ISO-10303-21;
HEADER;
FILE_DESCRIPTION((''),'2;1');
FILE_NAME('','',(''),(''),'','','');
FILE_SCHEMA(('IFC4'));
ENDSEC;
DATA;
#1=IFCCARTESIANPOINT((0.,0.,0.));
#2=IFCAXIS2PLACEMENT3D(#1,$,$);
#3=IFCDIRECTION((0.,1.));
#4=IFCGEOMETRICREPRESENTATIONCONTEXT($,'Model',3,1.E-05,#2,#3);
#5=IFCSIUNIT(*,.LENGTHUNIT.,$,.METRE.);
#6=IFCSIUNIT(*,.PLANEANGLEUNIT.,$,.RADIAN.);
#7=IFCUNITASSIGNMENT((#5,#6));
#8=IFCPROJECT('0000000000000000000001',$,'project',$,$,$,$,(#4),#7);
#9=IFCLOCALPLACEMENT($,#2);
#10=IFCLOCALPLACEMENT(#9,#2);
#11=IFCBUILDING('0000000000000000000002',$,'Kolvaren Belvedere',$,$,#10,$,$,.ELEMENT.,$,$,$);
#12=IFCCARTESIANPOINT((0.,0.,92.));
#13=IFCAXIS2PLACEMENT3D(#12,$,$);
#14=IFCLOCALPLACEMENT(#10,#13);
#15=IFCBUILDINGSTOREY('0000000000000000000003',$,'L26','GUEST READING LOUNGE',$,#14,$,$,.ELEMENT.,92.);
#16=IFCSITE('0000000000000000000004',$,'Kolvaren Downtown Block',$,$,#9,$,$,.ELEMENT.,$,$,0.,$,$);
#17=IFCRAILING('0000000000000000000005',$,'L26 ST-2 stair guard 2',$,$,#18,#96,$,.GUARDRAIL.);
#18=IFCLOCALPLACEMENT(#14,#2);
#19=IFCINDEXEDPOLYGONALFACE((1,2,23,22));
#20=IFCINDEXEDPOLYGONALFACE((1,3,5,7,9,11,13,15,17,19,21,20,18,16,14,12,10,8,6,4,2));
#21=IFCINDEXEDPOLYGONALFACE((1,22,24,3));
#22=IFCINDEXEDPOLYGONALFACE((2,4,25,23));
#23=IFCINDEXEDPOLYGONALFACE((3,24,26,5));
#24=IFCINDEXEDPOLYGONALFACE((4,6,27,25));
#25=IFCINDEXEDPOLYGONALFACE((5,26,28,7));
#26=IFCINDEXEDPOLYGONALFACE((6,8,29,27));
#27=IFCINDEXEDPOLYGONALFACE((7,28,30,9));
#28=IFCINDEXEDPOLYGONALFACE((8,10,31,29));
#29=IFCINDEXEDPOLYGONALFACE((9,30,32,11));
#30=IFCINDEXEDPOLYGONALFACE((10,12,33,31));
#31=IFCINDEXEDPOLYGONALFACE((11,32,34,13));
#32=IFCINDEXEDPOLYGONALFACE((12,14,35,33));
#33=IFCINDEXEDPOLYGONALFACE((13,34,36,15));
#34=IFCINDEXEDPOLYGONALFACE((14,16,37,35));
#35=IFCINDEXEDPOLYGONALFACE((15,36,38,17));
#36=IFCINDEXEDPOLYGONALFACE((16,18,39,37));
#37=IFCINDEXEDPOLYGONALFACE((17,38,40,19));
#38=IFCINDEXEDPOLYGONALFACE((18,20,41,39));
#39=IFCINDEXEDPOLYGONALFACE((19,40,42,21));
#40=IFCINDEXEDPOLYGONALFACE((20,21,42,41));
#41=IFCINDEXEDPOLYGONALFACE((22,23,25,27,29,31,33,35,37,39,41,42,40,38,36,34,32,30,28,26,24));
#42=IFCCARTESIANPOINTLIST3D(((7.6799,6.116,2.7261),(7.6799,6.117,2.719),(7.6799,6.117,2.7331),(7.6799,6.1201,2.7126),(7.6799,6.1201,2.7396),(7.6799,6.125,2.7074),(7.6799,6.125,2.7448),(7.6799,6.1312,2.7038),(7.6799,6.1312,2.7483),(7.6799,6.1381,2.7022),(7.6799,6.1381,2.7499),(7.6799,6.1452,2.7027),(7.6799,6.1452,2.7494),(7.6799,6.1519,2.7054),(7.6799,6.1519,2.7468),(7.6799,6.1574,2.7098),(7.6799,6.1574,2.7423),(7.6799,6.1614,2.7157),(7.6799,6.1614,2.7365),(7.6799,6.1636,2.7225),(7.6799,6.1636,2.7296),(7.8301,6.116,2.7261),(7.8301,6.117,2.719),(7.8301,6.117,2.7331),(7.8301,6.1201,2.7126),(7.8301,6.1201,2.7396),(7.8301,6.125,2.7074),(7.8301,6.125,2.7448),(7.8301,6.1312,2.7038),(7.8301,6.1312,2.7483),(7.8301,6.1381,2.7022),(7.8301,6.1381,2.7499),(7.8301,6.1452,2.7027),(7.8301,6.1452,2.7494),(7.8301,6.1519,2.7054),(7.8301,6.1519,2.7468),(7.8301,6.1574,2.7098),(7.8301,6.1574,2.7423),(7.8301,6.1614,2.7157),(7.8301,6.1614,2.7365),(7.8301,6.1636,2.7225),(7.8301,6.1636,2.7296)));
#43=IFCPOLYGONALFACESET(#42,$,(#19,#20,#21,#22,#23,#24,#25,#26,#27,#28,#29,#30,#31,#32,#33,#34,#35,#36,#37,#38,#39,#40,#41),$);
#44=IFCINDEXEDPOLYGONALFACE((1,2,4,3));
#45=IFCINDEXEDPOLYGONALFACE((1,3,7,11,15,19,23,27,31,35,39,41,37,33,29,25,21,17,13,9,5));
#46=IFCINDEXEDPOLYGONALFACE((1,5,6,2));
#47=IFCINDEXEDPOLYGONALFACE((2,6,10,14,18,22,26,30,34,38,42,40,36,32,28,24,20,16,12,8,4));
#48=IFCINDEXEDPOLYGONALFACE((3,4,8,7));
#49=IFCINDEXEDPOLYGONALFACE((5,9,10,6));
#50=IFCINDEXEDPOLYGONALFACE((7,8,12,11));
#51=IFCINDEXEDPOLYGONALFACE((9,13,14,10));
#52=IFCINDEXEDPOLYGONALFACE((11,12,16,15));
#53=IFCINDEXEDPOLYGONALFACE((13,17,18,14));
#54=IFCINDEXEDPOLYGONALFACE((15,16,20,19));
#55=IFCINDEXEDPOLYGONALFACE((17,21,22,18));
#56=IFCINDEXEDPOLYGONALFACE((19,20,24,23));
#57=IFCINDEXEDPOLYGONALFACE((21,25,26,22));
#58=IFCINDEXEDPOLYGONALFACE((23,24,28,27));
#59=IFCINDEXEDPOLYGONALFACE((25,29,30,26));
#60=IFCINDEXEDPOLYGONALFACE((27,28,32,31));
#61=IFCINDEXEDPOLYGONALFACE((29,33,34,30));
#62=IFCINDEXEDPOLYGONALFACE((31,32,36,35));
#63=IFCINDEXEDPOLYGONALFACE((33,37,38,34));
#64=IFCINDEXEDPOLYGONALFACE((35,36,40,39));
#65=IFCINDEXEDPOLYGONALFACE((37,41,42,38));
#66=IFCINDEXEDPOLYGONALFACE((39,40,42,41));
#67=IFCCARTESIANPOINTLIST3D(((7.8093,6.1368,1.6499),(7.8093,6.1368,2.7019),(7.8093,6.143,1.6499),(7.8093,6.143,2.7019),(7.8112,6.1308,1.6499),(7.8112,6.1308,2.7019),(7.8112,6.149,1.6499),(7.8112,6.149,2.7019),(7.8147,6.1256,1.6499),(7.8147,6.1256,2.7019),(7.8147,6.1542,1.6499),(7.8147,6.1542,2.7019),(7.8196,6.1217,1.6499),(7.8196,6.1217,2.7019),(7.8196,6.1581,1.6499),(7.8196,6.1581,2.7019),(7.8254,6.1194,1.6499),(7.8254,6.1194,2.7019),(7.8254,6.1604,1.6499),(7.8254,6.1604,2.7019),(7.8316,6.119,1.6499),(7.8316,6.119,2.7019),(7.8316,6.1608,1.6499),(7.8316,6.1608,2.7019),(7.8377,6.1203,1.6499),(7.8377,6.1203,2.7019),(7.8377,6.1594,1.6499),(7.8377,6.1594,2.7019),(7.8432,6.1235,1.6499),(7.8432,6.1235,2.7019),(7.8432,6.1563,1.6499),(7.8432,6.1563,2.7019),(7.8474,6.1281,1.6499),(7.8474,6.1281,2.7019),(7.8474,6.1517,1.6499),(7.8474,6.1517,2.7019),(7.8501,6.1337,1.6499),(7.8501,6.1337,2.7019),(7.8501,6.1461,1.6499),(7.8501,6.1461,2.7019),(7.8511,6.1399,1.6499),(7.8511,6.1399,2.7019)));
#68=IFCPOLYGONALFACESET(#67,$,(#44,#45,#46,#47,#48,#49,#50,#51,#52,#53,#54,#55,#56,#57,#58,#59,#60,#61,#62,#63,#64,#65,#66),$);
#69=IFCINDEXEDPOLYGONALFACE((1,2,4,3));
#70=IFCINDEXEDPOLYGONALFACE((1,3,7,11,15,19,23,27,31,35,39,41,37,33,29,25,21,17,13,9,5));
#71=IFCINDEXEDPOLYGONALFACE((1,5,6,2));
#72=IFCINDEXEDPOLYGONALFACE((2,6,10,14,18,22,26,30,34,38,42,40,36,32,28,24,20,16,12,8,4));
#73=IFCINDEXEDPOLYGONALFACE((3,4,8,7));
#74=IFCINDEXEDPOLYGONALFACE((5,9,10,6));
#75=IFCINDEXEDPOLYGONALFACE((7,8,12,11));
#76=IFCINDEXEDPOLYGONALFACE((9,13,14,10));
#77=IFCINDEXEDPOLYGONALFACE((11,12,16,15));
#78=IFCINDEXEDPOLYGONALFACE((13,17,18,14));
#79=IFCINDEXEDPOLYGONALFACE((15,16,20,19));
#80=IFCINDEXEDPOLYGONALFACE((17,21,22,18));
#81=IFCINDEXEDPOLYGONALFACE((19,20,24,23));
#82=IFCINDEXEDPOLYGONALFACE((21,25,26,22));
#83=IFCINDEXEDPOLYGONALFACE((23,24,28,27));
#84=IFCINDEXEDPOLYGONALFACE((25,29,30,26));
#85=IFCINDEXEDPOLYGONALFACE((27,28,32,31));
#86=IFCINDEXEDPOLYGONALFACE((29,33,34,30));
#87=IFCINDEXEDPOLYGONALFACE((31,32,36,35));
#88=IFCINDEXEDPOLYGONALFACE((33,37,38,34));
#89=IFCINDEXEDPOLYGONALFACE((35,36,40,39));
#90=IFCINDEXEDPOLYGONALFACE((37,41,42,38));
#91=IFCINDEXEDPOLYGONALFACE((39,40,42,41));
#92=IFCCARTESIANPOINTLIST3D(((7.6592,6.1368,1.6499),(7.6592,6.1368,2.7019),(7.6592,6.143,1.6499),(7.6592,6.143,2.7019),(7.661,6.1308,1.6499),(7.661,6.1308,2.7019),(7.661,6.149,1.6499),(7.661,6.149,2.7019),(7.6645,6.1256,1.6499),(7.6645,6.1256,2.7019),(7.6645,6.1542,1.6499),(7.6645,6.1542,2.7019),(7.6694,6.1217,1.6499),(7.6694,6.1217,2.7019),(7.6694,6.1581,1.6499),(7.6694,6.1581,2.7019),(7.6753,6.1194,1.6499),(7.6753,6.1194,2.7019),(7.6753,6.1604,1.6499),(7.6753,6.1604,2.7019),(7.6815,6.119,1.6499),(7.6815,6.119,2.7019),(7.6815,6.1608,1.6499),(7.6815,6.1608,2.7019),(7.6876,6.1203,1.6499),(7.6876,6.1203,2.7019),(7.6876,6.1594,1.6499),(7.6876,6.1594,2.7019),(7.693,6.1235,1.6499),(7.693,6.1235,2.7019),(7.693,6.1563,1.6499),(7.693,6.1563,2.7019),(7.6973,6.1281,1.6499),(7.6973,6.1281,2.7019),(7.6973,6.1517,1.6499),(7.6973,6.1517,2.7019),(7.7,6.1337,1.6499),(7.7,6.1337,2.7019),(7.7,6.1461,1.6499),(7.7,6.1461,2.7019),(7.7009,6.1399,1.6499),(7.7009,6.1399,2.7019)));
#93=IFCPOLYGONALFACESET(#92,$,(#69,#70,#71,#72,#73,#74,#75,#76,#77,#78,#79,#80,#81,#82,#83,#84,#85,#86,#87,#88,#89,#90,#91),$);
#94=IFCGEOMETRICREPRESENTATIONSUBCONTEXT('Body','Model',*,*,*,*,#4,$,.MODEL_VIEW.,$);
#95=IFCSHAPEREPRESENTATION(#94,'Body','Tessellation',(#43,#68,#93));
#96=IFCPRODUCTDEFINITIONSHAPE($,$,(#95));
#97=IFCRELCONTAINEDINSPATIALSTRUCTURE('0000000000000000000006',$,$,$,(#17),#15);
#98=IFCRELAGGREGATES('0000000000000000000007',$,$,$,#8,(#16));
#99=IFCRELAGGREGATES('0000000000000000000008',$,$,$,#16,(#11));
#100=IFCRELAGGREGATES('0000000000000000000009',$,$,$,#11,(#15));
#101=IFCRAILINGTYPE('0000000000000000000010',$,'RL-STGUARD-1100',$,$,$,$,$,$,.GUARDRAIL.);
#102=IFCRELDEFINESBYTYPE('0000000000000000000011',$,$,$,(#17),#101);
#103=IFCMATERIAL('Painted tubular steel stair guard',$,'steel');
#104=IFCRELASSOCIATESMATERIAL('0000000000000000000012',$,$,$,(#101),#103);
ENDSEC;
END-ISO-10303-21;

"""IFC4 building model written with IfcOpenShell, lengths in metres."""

from ifc_helpers import new_model, si_unit, direction, frame, origin, origin_2d, place, context, subcontext, project, spatial, circle, extrude, material, type_object, element, save


model = new_model("IFC4")

# Units and contexts
model_context = context("Model", 3, precision=1e-05, world=origin(), true_north=direction((0.0, 1.0)))
body_context = subcontext(model_context, "Body", "Model", "MODEL_VIEW")
ifc_project = project(units=[si_unit("LENGTHUNIT", "METRE"), si_unit("PLANEANGLEUNIT", "RADIAN")], contexts=[model_context])

# Site, building, storey
site_placement = place(None, origin())
site = spatial("IfcSite", under=ifc_project, at=site_placement, Name="Kolvaren Downtown Block", CompositionType="ELEMENT", RefElevation=0.0)
building_placement = place(site_placement, origin())
building = spatial("IfcBuilding", under=site, at=building_placement, Name="Kolvaren Belvedere", CompositionType="ELEMENT")
storey_placement = place(building_placement, frame((0.0, 0.0, 92.0)))
storey = spatial("IfcBuildingStorey", under=building, at=storey_placement, Name="L26", Description="GUEST READING LOUNGE", CompositionType="ELEMENT", Elevation=92.0)

# Railing
ifc_material_1 = material(Name="Painted tubular steel stair guard", Category="steel")
railing_type_1 = type_object("IfcRailingType", Name="RL-STGUARD-1100", PredefinedType="GUARDRAIL", material=ifc_material_1)
railing_1_placement = place(storey_placement, frame((7.8301, 6.1399, 1.6499)))
element("IfcRailing", 1, at=railing_1_placement, inside=storey, type_object=railing_type_1, Name="L26 ST-2 stair guard 2", PredefinedType="GUARDRAIL", context=body_context, shape_type="SweptSolid", body=[
    extrude(circle(Radius=0.0239, at=origin_2d()), frame((0.0, 0.0, 1.0762), z_axis=(-1.0, 0.0, 0.0), x_axis=(0.0, -1.0, 0.0)), (0.0, 0.0, 1.0), 0.1501),
    extrude(circle(Radius=0.021, at=origin_2d()), origin(), (0.0, 0.0, 1.0), 1.052),
    extrude(circle(Radius=0.021, at=origin_2d()), frame((-0.1501, 0.0, 0.0)), (0.0, 0.0, 1.0), 1.052),
])

save(model, "model.ifc")
